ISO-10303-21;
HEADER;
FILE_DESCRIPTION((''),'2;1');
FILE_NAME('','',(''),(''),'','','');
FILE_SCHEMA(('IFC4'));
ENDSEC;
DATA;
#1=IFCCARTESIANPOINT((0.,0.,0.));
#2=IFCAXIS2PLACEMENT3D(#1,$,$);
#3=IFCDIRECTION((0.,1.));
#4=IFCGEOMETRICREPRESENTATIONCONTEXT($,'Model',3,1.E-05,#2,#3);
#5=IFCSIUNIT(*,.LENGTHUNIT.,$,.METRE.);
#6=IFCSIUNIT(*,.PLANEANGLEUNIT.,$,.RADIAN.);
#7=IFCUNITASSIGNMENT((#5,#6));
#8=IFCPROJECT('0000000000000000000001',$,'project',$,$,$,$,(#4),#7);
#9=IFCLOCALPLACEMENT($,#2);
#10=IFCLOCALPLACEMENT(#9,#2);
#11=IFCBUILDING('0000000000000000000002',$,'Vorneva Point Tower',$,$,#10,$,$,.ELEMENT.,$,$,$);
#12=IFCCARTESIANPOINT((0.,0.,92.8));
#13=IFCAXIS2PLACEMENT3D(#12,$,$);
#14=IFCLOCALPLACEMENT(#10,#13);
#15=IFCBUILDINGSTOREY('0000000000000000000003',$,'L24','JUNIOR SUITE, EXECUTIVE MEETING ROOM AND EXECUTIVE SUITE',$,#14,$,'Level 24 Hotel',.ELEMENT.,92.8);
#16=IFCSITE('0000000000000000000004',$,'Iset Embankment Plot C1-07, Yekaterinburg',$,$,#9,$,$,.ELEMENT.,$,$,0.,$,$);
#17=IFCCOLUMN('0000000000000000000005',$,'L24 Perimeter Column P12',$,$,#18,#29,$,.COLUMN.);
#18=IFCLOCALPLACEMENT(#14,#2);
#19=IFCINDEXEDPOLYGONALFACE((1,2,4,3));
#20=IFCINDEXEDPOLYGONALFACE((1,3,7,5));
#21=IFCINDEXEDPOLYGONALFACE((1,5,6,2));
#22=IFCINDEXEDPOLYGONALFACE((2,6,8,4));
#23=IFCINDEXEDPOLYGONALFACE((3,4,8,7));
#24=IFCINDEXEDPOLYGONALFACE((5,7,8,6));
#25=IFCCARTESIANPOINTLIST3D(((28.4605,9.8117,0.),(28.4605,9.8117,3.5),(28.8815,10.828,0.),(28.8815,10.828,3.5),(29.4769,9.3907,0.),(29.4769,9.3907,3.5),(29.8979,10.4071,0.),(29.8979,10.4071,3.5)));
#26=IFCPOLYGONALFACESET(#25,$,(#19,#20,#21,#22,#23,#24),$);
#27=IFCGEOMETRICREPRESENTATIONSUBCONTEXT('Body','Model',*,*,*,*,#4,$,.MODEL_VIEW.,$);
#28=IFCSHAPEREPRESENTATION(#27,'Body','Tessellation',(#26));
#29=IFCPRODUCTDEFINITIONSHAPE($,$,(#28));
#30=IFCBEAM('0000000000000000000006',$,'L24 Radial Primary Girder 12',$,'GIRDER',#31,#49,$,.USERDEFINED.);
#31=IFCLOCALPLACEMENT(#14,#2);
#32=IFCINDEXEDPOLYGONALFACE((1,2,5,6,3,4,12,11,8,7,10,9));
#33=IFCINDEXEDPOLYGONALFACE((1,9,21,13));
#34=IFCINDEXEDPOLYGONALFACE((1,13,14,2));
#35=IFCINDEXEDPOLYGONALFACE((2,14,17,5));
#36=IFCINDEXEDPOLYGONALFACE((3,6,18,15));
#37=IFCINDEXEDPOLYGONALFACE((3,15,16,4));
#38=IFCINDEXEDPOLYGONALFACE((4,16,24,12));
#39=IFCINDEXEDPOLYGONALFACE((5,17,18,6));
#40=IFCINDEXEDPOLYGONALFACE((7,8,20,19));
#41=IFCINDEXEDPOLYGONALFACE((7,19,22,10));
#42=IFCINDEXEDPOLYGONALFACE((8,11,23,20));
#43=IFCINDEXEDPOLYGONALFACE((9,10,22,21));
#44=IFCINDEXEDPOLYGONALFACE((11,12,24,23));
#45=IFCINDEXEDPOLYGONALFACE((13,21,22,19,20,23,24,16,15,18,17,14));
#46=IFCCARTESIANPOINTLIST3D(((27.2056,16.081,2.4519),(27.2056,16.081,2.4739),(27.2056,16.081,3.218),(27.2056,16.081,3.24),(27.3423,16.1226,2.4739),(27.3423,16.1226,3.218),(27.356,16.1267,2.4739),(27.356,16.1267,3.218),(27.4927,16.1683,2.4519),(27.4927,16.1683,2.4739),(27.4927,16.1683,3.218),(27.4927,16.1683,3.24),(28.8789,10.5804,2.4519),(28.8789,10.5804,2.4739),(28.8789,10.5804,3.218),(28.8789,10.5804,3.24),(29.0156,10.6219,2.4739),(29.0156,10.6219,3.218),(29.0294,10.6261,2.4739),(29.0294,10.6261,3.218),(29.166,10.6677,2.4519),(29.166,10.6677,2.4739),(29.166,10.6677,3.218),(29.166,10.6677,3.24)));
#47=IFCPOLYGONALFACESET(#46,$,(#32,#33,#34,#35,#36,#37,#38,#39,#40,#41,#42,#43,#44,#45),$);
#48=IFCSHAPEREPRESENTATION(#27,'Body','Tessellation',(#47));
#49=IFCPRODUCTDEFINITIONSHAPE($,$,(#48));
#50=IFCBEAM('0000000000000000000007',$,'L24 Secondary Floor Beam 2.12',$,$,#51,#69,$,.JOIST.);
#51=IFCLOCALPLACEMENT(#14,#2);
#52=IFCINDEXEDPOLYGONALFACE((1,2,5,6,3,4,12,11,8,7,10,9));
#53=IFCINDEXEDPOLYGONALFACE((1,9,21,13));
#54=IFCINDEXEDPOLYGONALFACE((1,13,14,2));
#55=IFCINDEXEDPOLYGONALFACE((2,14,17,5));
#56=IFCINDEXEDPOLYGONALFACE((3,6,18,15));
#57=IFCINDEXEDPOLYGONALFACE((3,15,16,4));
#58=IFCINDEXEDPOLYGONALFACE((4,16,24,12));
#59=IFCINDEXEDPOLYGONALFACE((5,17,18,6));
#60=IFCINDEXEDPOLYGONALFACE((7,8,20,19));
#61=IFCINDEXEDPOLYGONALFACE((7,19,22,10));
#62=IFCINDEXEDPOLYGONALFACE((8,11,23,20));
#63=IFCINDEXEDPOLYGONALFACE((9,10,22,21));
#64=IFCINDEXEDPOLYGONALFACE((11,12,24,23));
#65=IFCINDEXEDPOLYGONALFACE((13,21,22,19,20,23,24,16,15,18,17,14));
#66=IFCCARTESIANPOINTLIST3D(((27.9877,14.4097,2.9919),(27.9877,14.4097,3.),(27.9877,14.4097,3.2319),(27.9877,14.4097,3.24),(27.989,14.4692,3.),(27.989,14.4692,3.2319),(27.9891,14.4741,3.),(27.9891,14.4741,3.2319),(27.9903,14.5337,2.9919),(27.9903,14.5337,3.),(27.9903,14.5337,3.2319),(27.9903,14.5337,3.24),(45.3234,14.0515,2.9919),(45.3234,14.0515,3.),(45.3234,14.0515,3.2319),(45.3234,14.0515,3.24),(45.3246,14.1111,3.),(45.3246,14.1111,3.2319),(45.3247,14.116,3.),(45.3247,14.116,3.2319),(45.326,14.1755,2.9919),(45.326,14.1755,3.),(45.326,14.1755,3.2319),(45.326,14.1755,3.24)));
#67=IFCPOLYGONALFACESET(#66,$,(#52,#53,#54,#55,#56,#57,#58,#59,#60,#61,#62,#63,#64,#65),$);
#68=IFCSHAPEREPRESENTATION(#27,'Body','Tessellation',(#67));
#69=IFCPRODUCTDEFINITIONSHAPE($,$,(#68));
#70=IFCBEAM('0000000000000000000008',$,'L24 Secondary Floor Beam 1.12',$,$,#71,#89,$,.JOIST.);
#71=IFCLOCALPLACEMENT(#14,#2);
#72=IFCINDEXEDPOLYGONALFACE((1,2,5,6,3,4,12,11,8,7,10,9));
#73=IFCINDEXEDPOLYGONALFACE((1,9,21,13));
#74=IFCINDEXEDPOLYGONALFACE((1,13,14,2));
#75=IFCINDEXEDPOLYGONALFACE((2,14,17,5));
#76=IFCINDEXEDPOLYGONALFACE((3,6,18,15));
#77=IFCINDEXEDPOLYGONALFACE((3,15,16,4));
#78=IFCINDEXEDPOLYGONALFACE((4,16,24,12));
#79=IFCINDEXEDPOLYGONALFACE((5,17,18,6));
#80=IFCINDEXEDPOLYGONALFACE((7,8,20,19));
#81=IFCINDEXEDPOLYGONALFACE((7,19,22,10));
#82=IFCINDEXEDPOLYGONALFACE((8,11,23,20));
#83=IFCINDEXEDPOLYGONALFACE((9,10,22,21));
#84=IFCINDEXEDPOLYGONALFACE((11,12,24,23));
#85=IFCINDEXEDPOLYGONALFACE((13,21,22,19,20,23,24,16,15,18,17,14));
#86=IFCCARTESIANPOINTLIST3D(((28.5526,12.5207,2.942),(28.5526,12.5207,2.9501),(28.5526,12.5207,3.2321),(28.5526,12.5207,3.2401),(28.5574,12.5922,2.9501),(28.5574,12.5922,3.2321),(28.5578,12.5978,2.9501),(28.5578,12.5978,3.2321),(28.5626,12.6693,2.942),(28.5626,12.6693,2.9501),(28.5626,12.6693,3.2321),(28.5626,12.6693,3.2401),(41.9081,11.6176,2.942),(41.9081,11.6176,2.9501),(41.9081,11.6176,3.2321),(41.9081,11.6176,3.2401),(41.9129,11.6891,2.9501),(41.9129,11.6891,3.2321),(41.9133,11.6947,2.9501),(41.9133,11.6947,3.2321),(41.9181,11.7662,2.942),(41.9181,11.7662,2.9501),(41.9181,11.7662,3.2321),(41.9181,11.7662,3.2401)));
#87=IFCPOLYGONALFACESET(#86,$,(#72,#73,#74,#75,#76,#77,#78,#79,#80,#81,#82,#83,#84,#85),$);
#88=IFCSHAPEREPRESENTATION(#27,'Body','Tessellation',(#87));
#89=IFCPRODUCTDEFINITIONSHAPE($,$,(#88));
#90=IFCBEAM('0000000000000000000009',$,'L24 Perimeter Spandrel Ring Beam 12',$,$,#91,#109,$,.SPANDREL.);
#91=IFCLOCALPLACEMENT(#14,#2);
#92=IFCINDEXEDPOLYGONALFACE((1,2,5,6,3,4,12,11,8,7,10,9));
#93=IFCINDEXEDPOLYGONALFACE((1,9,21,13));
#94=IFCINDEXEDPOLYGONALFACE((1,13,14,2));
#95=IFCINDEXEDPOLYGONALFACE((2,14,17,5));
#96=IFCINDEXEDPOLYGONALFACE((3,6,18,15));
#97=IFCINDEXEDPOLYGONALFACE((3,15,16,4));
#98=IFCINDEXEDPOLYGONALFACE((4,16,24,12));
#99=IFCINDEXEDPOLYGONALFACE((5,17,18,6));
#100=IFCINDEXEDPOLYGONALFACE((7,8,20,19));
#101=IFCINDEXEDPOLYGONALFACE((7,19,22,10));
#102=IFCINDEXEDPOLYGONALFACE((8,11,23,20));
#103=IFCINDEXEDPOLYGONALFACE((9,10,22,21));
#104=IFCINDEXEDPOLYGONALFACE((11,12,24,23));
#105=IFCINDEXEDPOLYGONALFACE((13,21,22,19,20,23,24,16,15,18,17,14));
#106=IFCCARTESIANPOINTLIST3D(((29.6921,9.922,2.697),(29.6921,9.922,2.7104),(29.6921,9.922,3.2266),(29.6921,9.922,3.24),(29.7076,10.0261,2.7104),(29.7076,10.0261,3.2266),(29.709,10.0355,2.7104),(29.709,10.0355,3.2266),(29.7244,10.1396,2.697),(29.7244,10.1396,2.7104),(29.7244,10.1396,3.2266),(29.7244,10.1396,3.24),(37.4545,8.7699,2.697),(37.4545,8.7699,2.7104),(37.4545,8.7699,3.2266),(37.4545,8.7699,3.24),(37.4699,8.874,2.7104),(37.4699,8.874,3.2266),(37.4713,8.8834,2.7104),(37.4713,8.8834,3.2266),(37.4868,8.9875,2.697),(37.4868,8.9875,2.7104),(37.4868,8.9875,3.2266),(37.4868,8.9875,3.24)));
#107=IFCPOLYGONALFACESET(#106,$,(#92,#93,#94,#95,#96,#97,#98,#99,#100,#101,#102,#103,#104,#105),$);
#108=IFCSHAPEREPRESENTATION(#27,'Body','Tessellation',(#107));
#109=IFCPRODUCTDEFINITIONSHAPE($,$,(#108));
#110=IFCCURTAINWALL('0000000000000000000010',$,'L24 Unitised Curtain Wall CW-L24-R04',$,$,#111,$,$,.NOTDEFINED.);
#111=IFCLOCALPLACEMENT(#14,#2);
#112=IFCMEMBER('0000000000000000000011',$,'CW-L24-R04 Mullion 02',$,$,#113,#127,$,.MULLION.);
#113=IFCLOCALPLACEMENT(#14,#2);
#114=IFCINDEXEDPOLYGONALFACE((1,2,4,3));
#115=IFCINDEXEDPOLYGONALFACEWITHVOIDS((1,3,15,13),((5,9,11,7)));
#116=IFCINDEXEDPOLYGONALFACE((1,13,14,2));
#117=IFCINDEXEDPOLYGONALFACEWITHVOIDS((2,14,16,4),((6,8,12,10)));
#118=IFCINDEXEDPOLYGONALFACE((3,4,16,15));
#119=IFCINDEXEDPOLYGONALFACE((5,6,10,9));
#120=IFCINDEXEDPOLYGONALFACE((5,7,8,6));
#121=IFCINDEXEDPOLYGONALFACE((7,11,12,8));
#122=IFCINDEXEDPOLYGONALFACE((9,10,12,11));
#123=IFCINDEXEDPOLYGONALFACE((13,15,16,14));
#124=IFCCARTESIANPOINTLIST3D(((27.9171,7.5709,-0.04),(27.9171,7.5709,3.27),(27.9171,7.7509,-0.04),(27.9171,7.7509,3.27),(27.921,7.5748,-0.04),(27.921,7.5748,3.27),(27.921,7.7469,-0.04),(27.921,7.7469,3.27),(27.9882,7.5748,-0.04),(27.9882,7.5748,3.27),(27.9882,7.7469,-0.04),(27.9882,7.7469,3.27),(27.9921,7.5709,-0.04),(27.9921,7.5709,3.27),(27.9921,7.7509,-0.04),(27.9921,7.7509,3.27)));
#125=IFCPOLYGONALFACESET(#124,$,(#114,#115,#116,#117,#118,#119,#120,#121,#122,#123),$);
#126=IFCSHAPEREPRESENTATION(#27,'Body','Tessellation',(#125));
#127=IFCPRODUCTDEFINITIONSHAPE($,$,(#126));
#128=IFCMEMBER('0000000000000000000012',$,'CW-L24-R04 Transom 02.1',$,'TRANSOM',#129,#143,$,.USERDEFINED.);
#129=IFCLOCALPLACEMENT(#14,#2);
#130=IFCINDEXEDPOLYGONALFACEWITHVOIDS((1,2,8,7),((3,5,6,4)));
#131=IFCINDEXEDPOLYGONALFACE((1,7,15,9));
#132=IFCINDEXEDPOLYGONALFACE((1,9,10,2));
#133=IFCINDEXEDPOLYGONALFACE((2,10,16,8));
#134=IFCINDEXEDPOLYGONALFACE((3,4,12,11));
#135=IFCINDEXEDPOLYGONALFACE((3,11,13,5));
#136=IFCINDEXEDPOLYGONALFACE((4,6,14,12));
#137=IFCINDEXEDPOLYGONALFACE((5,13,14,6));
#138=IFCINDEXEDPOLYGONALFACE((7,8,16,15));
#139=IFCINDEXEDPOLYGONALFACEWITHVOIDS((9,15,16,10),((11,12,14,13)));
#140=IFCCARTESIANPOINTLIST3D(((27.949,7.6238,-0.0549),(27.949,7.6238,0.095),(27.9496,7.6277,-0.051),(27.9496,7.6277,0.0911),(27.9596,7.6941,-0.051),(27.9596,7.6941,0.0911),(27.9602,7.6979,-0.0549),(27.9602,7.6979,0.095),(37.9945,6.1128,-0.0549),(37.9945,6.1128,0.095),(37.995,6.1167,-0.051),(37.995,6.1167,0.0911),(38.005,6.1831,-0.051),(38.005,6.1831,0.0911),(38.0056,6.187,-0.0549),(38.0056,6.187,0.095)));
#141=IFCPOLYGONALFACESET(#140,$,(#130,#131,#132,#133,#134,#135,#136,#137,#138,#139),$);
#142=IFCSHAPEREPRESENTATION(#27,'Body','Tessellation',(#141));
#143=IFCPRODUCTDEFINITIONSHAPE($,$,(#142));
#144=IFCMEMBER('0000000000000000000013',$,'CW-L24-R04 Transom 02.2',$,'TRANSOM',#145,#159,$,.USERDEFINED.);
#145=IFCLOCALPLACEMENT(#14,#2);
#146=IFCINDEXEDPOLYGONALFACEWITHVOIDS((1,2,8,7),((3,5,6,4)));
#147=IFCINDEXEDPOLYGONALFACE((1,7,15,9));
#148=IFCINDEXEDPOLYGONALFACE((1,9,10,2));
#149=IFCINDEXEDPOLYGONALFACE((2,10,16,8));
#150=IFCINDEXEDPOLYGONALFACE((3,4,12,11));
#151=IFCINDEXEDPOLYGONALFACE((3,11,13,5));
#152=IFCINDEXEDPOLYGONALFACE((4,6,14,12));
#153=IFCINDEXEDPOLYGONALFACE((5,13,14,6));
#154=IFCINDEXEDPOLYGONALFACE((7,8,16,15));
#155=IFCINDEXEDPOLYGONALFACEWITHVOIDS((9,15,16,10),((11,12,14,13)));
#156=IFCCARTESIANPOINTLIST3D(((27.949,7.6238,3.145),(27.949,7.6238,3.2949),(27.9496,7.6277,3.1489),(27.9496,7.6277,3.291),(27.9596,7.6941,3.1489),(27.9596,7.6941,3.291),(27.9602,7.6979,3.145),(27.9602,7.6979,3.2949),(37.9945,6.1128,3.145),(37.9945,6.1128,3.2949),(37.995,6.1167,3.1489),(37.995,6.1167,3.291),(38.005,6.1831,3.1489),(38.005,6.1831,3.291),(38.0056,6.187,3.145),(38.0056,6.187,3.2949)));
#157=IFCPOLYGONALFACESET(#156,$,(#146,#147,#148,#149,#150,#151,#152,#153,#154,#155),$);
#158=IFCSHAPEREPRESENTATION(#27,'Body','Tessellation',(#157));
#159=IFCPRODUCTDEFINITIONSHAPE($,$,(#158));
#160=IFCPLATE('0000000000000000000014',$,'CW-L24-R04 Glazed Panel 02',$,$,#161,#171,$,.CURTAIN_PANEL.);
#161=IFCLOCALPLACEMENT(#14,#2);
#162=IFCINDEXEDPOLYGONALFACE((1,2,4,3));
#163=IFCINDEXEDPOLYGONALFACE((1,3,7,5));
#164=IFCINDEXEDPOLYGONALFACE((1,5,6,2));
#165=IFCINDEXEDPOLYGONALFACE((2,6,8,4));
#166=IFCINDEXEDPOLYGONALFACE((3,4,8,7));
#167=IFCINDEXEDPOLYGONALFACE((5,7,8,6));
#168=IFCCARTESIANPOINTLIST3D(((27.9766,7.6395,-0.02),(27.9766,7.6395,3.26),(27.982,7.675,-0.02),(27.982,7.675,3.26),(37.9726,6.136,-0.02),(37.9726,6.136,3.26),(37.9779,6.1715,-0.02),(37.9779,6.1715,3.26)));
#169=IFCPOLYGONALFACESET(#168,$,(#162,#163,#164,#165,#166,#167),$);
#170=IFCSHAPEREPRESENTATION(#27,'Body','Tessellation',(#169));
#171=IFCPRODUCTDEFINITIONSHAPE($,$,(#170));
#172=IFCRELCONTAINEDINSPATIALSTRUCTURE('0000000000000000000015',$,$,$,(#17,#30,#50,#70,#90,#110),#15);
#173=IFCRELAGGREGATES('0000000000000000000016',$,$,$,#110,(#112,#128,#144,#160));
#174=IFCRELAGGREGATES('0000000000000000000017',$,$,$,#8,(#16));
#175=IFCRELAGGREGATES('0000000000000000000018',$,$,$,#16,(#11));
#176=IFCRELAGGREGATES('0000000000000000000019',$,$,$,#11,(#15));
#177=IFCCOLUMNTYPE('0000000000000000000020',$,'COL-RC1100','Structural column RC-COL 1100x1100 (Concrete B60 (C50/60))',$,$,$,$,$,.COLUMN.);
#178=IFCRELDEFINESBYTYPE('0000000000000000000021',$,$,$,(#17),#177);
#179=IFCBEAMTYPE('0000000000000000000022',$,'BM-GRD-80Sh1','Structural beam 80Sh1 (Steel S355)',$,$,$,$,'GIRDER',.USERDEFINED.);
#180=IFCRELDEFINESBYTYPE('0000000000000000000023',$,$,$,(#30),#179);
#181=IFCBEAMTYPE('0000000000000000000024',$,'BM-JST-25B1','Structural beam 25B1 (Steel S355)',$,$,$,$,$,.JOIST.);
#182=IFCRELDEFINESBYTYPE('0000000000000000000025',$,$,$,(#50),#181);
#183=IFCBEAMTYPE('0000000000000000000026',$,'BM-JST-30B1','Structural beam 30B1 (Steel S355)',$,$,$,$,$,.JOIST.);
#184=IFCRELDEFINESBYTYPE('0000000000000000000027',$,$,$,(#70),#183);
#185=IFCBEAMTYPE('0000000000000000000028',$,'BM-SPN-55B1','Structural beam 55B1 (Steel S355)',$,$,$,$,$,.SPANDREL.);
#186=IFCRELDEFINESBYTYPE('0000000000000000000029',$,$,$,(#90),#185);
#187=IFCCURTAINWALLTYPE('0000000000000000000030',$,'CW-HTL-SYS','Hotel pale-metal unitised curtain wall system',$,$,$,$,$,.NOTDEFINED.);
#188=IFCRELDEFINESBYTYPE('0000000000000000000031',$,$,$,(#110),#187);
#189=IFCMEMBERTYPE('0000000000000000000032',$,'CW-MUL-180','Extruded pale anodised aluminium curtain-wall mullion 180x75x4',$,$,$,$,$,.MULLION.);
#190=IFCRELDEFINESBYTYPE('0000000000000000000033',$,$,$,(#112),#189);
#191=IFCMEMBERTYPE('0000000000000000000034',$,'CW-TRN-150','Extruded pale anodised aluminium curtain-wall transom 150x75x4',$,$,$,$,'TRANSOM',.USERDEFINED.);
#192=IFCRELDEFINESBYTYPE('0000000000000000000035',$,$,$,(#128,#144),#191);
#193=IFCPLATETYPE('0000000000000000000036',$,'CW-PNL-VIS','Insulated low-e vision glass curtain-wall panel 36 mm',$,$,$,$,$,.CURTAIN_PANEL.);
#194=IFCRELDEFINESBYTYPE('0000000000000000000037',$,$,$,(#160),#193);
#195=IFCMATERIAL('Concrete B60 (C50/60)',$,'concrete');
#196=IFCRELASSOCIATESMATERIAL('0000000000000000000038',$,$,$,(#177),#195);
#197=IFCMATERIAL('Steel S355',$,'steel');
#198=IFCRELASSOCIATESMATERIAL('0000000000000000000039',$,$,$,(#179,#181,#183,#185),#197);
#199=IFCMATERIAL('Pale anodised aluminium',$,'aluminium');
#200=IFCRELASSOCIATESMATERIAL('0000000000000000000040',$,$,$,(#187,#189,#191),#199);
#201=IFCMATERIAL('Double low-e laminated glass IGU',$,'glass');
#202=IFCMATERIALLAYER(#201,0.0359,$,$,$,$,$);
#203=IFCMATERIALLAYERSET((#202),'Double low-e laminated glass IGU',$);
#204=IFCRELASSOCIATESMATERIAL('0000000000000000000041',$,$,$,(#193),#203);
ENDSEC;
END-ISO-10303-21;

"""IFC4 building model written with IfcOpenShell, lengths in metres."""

from ifc_helpers import new_model, si_unit, direction, frame, origin, origin_2d, place, context, subcontext, project, spatial, rectangle, hollow_rectangle, i_section, extrude, material, layer, layer_set, material_profile, profile_set, type_object, element, aggregate, save


model = new_model("IFC4")

# Units and contexts
model_context = context("Model", 3, precision=1e-05, world=origin(), true_north=direction((0.0, 1.0)))
body_context = subcontext(model_context, "Body", "Model", "MODEL_VIEW")
ifc_project = project(units=[si_unit("LENGTHUNIT", "METRE"), si_unit("PLANEANGLEUNIT", "RADIAN")], contexts=[model_context])

# Site, building, storey
site_placement = place(None, origin())
site = spatial("IfcSite", under=ifc_project, at=site_placement, Name="Iset Embankment Plot C1-07, Yekaterinburg", CompositionType="ELEMENT", RefElevation=0.0)
building_placement = place(site_placement, origin())
building = spatial("IfcBuilding", under=site, at=building_placement, Name="Vorneva Point Tower", CompositionType="ELEMENT")
storey_placement = place(building_placement, frame((0.0, 0.0, 92.8)))
storey = spatial("IfcBuildingStorey", under=building, at=storey_placement, Name="L24", Description="JUNIOR SUITE, EXECUTIVE MEETING ROOM AND EXECUTIVE SUITE", LongName="Level 24 Hotel", CompositionType="ELEMENT", Elevation=92.8)

# Column
ifc_material_1 = material(Name="Concrete B60 (C50/60)", Category="concrete")
ifc_material_profile_1 = material_profile(ifc_material_1, rectangle(XDim=1.1001, YDim=1.1001, at=origin_2d()), Name="RC-COL 1100x1100")
ifc_profile_set_1 = profile_set([ifc_material_profile_1], Name="Concrete B60 (C50/60)")
column_type = type_object("IfcColumnType", Name="COL-RC1100", Description="Structural column RC-COL 1100x1100 (Concrete B60 (C50/60))", PredefinedType="COLUMN", material=ifc_profile_set_1)
column_placement = place(storey_placement, frame((29.1792, 10.1094, 0.0), z_axis=(0.0, 0.0, 1.0), x_axis=(-0.382683, -0.92388, 0.0)))
element("IfcColumn", 1, at=column_placement, inside=storey, type_object=column_type, Name="L24 Perimeter Column P12", PredefinedType="COLUMN", context=body_context, shape_type="SweptSolid", body=[
    extrude(rectangle(XDim=1.1001, YDim=1.1001, at=origin_2d()), origin(), (0.0, 0.0, 1.0), 3.5),
])

# Beams
ifc_material_2 = material(Name="Steel S355", Category="steel")
ifc_material_profile_2 = material_profile(ifc_material_2, i_section(OverallWidth=0.3, OverallDepth=0.7881, WebThickness=0.0144, FlangeThickness=0.022, at=origin_2d()), Name="80Sh1")
ifc_profile_set_2 = profile_set([ifc_material_profile_2], Name="Steel S355")
beam_type_1 = type_object("IfcBeamType", Name="BM-GRD-80Sh1", Description="Structural beam 80Sh1 (Steel S355)", ElementType="GIRDER", PredefinedType="USERDEFINED", material=ifc_profile_set_2)
beam_1_placement = place(storey_placement, frame((29.0225, 10.624, 2.8459), z_axis=(-0.291035, 0.956712, 0.0), x_axis=(-0.956712, -0.291035, 0.0)))
element("IfcBeam", 2, at=beam_1_placement, inside=storey, type_object=beam_type_1, Name="L24 Radial Primary Girder 12", ObjectType="GIRDER", PredefinedType="USERDEFINED", context=body_context, shape_type="SweptSolid", body=[
    extrude(i_section(OverallWidth=0.3, OverallDepth=0.7881, WebThickness=0.0144, FlangeThickness=0.022, at=origin_2d()), origin(), (0.0, 0.0, 1.0), 5.7495),
])
ifc_material_profile_3 = material_profile(ifc_material_2, i_section(OverallWidth=0.124, OverallDepth=0.248, WebThickness=0.0049, FlangeThickness=0.0081, at=origin_2d()), Name="25B1")
ifc_profile_set_3 = profile_set([ifc_material_profile_3], Name="Steel S355")
beam_type_2 = type_object("IfcBeamType", Name="BM-JST-25B1", Description="Structural beam 25B1 (Steel S355)", PredefinedType="JOIST", material=ifc_profile_set_3)
beam_2_placement = place(storey_placement, frame((27.989, 14.4717, 3.116), z_axis=(0.999787, -0.020656, 0.0), x_axis=(0.020656, 0.999787, 0.0)))
element("IfcBeam", 3, at=beam_2_placement, inside=storey, type_object=beam_type_2, Name="L24 Secondary Floor Beam 2.12", PredefinedType="JOIST", context=body_context, shape_type="SweptSolid", body=[
    extrude(i_section(OverallWidth=0.124, OverallDepth=0.248, WebThickness=0.0049, FlangeThickness=0.0081, at=origin_2d()), origin(), (0.0, 0.0, 1.0), 17.3394),
])
ifc_material_profile_4 = material_profile(ifc_material_2, i_section(OverallWidth=0.1489, OverallDepth=0.2981, WebThickness=0.0056, FlangeThickness=0.0081, at=origin_2d()), Name="30B1")
ifc_profile_set_4 = profile_set([ifc_material_profile_4], Name="Steel S355")
beam_type_3 = type_object("IfcBeamType", Name="BM-JST-30B1", Description="Structural beam 30B1 (Steel S355)", PredefinedType="JOIST", material=ifc_profile_set_4)
beam_3_placement = place(storey_placement, frame((28.5576, 12.595, 3.0911), z_axis=(0.997722, -0.067464, 0.0), x_axis=(0.067464, 0.997722, 0.0)))
element("IfcBeam", 4, at=beam_3_placement, inside=storey, type_object=beam_type_3, Name="L24 Secondary Floor Beam 1.12", PredefinedType="JOIST", context=body_context, shape_type="SweptSolid", body=[
    extrude(i_section(OverallWidth=0.1489, OverallDepth=0.2981, WebThickness=0.0056, FlangeThickness=0.0081, at=origin_2d()), origin(), (0.0, 0.0, 1.0), 13.386),
])
ifc_material_profile_5 = material_profile(ifc_material_2, i_section(OverallWidth=0.22, OverallDepth=0.543, WebThickness=0.0095, FlangeThickness=0.0134, at=origin_2d()), Name="55B1")
ifc_profile_set_5 = profile_set([ifc_material_profile_5], Name="Steel S355")
beam_type_4 = type_object("IfcBeamType", Name="BM-SPN-55B1", Description="Structural beam 55B1 (Steel S355)", PredefinedType="SPANDREL", material=ifc_profile_set_5)
beam_4_placement = place(storey_placement, frame((29.7083, 10.0308, 2.9685), z_axis=(0.989165, -0.146811, 0.0), x_axis=(0.146811, 0.989165, 0.0)))
element("IfcBeam", 5, at=beam_4_placement, inside=storey, type_object=beam_type_4, Name="L24 Perimeter Spandrel Ring Beam 12", PredefinedType="SPANDREL", context=body_context, shape_type="SweptSolid", body=[
    extrude(i_section(OverallWidth=0.22, OverallDepth=0.543, WebThickness=0.0095, FlangeThickness=0.0134, at=origin_2d()), origin(), (0.0, 0.0, 1.0), 7.8474),
])

# Curtain wall, members, plate
ifc_material_3 = material(Name="Pale anodised aluminium", Category="aluminium")
curtain_wall_type = type_object("IfcCurtainWallType", Name="CW-HTL-SYS", Description="Hotel pale-metal unitised curtain wall system", PredefinedType="NOTDEFINED", material=ifc_material_3)
curtain_wall_placement = place(storey_placement, origin())
curtain_wall = element("IfcCurtainWall", 6, at=curtain_wall_placement, inside=storey, type_object=curtain_wall_type, Name="L24 Unitised Curtain Wall CW-L24-R04", PredefinedType="NOTDEFINED")
ifc_material_profile_6 = material_profile(ifc_material_3, hollow_rectangle(XDim=0.075, YDim=0.1799, WallThickness=0.0039, at=origin_2d()), Name="AL-MUL 180x75x4")
ifc_profile_set_6 = profile_set([ifc_material_profile_6], Name="Pale anodised aluminium")
member_type_1 = type_object("IfcMemberType", Name="CW-MUL-180", Description="Extruded pale anodised aluminium curtain-wall mullion 180x75x4", PredefinedType="MULLION", material=ifc_profile_set_6)
member_1_placement = place(storey_placement, frame((27.9546, 7.6609, -0.04), z_axis=(0.0, 0.0, 1.0), x_axis=(1.0, 0.0, 0.0)))
member_1 = element("IfcMember", 7, at=member_1_placement, type_object=member_type_1, Name="CW-L24-R04 Mullion 02", PredefinedType="MULLION", context=body_context, shape_type="SweptSolid", body=[
    extrude(hollow_rectangle(XDim=0.075, YDim=0.1799, WallThickness=0.0039, at=origin_2d()), origin(), (0.0, 0.0, 1.0), 3.3101),
])
ifc_material_profile_7 = material_profile(ifc_material_3, hollow_rectangle(XDim=0.075, YDim=0.1499, WallThickness=0.0039, at=origin_2d()), Name="AL-TRN 150x75x4")
ifc_profile_set_7 = profile_set([ifc_material_profile_7], Name="Pale anodised aluminium")
member_type_2 = type_object("IfcMemberType", Name="CW-TRN-150", Description="Extruded pale anodised aluminium curtain-wall transom 150x75x4", ElementType="TRANSOM", PredefinedType="USERDEFINED", material=ifc_profile_set_7)
member_2_placement = place(storey_placement, frame((27.9546, 7.6609, 0.02), z_axis=(0.988876, -0.148742, 0.0), x_axis=(0.148742, 0.988876, 0.0)))
member_2 = element("IfcMember", 8, at=member_2_placement, type_object=member_type_2, Name="CW-L24-R04 Transom 02.1", ObjectType="TRANSOM", PredefinedType="USERDEFINED", context=body_context, shape_type="SweptSolid", body=[
    extrude(hollow_rectangle(XDim=0.075, YDim=0.1499, WallThickness=0.0039, at=origin_2d()), origin(), (0.0, 0.0, 1.0), 10.1584),
])
member_3_placement = place(storey_placement, frame((27.9546, 7.6609, 3.22), z_axis=(0.988876, -0.148742, 0.0), x_axis=(0.148742, 0.988876, 0.0)))
member_3 = element("IfcMember", 9, at=member_3_placement, type_object=member_type_2, Name="CW-L24-R04 Transom 02.2", ObjectType="TRANSOM", PredefinedType="USERDEFINED", context=body_context, shape_type="SweptSolid", body=[
    extrude(hollow_rectangle(XDim=0.075, YDim=0.1499, WallThickness=0.0039, at=origin_2d()), origin(), (0.0, 0.0, 1.0), 10.1584),
])
ifc_material_4 = material(Name="Double low-e laminated glass IGU", Category="glass")
ifc_layer_1 = layer(ifc_material_4, 0.0359)
ifc_layer_set_1 = layer_set([ifc_layer_1], Name="Double low-e laminated glass IGU")
plate_type = type_object("IfcPlateType", Name="CW-PNL-VIS", Description="Insulated low-e vision glass curtain-wall panel 36 mm", PredefinedType="CURTAIN_PANEL", material=ifc_layer_set_1)
plate_placement = place(storey_placement, frame((32.9773, 6.9055, -0.02), z_axis=(0.0, 0.0, 1.0), x_axis=(0.988876, -0.148741, 0.0)))
plate = element("IfcPlate", 10, at=plate_placement, type_object=plate_type, Name="CW-L24-R04 Glazed Panel 02", PredefinedType="CURTAIN_PANEL", context=body_context, shape_type="SweptSolid", body=[
    extrude(rectangle(XDim=10.1084, YDim=0.0359, at=origin_2d()), origin(), (0.0, 0.0, 1.0), 3.28),
])
aggregate(curtain_wall, [member_1, member_2, member_3, plate])

save(model, "model.ifc")
